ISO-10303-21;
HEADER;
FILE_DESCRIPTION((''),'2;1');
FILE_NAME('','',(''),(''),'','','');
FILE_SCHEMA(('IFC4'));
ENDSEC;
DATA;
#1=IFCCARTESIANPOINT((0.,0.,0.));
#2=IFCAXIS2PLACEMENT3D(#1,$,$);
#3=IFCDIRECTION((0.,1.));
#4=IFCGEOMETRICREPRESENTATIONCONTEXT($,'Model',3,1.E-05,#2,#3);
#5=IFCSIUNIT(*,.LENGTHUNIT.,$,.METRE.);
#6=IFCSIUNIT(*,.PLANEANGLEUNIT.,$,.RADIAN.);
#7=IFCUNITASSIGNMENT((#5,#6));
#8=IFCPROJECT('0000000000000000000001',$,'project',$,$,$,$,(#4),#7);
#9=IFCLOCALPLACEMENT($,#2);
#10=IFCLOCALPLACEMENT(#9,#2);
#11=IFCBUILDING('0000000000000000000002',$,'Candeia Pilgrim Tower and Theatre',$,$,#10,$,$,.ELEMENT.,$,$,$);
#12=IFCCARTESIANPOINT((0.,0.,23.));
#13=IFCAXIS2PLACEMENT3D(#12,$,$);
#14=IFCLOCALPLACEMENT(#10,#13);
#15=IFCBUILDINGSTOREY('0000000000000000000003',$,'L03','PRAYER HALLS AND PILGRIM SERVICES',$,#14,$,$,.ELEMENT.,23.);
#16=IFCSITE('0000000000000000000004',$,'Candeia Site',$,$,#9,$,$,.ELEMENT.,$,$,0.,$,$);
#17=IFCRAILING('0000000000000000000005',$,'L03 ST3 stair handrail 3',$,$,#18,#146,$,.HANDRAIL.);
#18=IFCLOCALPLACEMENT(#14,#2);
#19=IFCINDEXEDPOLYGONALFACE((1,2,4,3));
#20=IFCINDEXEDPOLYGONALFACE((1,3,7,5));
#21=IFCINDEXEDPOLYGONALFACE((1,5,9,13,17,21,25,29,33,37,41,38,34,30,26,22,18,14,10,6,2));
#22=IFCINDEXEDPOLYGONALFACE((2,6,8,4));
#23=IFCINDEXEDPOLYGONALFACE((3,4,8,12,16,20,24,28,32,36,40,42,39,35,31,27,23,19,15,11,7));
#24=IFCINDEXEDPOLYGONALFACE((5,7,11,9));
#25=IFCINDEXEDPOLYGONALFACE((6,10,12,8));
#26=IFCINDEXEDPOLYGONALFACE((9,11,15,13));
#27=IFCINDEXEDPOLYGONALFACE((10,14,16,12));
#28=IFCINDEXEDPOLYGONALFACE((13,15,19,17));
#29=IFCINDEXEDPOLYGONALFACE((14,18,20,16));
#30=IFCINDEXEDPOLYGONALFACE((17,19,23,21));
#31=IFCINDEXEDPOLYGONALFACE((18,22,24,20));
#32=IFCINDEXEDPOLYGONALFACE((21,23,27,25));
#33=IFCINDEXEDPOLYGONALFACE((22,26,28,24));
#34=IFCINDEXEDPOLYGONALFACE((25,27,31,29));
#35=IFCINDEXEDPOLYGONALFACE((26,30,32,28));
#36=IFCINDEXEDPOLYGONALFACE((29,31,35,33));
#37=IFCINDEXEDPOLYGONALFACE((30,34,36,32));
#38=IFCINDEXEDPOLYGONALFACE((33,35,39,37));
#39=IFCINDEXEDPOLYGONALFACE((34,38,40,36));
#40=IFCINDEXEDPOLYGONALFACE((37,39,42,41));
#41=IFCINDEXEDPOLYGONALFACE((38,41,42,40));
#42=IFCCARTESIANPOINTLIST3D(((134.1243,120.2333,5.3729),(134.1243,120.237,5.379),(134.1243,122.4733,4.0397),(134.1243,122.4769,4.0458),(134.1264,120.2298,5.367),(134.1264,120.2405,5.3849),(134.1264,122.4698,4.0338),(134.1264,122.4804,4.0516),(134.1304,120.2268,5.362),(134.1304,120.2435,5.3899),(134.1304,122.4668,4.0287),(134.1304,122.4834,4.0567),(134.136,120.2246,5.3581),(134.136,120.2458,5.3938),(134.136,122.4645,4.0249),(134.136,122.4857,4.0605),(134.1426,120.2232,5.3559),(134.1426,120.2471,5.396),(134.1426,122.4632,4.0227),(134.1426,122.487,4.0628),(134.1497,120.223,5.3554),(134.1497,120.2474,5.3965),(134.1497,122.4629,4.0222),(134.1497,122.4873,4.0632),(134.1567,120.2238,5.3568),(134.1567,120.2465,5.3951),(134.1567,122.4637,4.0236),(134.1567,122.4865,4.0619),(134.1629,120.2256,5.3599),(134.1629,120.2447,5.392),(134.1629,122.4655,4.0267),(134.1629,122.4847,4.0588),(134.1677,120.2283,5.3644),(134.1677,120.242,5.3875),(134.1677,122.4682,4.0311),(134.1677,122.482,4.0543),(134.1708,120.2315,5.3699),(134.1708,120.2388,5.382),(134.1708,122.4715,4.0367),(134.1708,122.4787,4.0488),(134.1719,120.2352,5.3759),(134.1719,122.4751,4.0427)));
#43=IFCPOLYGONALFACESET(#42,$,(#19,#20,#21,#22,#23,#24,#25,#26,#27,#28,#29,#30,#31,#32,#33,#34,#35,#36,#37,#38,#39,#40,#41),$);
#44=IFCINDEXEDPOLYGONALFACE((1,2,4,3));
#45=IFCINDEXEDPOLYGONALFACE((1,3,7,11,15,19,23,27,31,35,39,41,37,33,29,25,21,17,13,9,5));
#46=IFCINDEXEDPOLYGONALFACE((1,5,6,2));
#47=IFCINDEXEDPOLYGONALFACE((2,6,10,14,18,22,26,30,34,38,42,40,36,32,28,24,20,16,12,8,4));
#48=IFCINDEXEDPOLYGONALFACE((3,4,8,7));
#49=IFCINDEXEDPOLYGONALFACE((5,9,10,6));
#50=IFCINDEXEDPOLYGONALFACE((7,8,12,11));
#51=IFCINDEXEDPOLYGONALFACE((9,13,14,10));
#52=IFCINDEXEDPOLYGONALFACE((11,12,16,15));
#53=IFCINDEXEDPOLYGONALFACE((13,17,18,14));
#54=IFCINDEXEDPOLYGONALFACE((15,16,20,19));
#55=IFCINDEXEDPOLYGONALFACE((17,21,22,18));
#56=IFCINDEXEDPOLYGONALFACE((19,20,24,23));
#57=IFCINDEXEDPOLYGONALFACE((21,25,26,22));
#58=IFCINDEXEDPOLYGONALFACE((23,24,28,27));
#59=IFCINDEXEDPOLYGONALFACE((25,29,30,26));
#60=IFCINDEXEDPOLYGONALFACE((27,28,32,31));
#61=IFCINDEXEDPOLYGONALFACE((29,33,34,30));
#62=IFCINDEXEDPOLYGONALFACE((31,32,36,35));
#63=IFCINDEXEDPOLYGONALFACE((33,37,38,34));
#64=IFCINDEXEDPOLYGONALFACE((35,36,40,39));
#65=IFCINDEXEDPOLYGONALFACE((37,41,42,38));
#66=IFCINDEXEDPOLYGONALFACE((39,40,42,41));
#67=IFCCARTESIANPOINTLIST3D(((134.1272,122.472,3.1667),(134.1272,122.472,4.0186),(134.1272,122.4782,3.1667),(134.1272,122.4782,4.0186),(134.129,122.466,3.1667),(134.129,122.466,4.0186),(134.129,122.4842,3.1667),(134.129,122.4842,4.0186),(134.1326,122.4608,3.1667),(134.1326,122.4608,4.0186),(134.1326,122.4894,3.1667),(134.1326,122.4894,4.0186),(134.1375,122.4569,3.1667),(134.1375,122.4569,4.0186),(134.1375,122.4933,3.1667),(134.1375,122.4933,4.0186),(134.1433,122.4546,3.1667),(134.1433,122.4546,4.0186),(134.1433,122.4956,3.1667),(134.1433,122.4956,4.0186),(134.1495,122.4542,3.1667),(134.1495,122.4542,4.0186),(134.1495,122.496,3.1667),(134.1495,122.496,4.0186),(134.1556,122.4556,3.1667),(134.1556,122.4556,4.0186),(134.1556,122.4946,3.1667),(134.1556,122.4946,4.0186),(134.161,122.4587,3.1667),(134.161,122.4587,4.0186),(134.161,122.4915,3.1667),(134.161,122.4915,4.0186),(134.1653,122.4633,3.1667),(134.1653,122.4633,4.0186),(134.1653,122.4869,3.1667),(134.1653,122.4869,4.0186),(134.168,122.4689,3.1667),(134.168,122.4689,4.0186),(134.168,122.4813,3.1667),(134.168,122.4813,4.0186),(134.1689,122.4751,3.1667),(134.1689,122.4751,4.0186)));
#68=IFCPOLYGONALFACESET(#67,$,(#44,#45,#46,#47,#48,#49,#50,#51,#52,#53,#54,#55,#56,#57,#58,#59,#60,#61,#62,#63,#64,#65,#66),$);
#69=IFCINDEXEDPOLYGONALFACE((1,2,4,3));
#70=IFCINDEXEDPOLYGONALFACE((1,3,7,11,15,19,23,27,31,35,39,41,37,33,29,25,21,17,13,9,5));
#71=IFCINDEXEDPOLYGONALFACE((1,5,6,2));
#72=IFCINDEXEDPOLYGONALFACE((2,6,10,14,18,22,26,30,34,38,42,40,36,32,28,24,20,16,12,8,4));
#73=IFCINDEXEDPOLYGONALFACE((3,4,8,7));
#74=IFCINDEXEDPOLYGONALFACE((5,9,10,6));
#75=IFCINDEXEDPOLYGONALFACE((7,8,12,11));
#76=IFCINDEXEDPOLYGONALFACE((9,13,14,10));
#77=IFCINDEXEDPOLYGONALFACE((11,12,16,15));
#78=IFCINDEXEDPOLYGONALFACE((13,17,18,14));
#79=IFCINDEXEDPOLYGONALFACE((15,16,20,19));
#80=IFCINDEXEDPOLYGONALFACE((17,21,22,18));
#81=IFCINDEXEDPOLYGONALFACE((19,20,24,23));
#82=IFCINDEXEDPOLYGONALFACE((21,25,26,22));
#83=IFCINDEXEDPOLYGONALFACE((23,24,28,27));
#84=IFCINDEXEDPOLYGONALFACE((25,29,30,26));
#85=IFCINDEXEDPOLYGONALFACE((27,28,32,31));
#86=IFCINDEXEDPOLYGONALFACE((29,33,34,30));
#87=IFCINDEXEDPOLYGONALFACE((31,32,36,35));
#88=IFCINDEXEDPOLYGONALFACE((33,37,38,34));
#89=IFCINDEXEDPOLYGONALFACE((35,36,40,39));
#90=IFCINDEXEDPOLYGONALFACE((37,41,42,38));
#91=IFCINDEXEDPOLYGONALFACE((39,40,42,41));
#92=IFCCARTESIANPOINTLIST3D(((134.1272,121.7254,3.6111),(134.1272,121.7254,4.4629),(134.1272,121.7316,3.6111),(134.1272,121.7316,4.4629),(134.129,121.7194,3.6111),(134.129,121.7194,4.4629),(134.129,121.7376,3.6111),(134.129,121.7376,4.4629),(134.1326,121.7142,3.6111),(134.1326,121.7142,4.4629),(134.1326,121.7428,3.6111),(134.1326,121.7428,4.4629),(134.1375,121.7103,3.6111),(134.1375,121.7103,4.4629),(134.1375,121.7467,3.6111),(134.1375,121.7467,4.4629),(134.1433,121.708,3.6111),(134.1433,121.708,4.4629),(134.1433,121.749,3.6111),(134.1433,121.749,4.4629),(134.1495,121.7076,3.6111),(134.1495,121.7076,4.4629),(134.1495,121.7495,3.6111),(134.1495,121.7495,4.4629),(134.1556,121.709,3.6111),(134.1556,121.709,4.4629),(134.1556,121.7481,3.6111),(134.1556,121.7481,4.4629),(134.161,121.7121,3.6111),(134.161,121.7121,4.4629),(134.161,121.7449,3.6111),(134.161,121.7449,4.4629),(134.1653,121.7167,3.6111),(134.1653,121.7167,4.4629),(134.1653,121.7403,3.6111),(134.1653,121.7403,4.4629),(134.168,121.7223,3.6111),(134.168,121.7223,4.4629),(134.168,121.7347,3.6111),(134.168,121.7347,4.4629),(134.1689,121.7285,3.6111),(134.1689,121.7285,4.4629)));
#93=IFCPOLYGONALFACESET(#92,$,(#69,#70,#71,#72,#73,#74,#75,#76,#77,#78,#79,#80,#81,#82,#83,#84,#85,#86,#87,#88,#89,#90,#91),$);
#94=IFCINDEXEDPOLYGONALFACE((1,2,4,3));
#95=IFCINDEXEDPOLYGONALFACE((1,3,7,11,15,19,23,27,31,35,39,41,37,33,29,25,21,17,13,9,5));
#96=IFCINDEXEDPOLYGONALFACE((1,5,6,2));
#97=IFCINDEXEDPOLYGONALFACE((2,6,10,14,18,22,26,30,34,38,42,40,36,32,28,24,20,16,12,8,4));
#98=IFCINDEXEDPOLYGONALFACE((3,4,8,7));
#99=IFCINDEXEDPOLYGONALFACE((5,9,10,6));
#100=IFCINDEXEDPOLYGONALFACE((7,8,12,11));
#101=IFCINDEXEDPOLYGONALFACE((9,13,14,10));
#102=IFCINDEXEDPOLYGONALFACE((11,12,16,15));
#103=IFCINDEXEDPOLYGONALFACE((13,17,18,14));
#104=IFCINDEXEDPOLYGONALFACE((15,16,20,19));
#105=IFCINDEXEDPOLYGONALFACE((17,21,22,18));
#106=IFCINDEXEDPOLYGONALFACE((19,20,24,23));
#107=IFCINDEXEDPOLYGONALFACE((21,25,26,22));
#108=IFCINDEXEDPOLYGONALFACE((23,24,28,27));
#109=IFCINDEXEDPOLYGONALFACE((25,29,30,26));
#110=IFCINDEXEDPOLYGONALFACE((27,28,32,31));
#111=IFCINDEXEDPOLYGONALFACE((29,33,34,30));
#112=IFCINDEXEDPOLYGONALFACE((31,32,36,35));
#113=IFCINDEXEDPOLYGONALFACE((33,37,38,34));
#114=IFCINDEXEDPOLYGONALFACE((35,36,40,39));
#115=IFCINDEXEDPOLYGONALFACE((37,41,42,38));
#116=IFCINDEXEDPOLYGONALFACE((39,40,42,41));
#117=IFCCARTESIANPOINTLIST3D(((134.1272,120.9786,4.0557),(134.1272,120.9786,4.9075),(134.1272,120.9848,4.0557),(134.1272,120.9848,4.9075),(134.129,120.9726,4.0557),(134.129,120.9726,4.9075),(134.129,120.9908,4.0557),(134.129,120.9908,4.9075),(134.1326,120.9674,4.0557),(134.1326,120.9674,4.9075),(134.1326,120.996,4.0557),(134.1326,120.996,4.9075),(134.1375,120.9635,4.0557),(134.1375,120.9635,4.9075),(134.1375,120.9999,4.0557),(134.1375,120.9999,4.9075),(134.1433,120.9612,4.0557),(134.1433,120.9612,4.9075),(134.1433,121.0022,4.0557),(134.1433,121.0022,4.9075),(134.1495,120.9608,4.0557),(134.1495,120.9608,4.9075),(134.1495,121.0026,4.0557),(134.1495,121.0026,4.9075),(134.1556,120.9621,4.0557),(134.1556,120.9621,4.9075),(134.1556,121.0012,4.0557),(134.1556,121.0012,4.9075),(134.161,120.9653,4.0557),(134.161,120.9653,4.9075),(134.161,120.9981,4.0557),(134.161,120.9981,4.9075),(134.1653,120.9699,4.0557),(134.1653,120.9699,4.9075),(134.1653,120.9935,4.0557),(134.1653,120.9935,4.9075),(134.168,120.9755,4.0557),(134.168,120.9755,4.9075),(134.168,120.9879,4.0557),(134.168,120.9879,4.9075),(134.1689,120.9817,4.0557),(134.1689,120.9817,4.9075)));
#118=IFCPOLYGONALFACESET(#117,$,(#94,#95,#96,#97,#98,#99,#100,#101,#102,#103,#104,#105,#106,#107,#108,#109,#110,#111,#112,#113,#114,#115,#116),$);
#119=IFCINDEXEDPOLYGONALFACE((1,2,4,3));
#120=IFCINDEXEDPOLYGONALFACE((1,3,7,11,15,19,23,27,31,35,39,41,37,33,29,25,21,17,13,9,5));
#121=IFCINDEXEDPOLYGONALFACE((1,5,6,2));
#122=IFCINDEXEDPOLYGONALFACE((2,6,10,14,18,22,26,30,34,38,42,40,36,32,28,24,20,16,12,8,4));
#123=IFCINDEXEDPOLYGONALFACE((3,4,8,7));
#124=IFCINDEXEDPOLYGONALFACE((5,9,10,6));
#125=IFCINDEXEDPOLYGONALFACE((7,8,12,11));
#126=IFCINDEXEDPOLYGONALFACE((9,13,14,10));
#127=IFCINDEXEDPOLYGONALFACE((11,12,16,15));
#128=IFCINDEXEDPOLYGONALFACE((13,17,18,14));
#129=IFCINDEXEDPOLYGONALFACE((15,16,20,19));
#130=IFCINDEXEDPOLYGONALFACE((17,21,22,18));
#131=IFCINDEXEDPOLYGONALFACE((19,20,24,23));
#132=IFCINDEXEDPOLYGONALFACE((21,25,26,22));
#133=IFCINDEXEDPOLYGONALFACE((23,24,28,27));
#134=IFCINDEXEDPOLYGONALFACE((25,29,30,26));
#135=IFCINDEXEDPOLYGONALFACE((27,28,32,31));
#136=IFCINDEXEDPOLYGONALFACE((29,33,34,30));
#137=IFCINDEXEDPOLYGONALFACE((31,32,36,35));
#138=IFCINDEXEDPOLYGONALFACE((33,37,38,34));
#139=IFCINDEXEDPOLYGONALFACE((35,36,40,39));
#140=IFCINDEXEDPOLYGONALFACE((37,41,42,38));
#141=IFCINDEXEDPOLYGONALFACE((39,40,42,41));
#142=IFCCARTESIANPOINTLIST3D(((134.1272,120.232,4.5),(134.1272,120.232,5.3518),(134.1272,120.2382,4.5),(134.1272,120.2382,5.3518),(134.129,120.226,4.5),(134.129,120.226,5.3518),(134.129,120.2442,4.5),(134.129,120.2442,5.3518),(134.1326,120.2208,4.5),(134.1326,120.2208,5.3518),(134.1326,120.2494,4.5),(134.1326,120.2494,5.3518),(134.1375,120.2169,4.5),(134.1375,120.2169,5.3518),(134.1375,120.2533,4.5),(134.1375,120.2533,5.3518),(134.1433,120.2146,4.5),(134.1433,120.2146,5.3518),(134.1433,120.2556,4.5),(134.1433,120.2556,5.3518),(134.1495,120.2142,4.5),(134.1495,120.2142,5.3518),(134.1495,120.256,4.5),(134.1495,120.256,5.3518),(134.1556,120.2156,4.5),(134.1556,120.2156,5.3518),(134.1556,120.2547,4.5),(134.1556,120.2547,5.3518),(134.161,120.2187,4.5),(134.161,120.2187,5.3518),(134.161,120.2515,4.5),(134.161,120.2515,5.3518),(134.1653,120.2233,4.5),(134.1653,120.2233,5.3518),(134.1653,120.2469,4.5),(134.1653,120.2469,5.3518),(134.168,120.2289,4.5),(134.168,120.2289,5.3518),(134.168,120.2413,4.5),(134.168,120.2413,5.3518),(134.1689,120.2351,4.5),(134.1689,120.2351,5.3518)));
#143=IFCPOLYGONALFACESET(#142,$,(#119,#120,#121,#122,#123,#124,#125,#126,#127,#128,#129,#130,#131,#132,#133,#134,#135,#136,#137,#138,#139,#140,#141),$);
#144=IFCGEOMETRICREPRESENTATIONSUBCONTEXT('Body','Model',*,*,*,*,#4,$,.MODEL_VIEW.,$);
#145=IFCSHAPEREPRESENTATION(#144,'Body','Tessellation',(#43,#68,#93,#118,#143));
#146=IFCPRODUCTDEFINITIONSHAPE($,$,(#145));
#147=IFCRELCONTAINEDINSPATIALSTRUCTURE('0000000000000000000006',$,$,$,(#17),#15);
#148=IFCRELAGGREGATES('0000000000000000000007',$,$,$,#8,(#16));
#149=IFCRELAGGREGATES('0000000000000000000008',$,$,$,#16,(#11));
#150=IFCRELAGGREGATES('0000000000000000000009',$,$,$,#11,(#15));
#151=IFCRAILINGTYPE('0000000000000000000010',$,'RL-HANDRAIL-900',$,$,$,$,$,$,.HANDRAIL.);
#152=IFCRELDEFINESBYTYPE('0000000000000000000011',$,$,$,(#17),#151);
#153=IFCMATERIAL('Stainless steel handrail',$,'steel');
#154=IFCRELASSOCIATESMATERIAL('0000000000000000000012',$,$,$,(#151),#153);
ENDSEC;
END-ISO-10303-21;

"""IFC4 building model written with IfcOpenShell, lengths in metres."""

from ifc_helpers import new_model, si_unit, direction, frame, origin, origin_2d, place, context, subcontext, project, spatial, circle, extrude, material, type_object, element, save


model = new_model("IFC4")

# Units and contexts
model_context = context("Model", 3, precision=1e-05, world=origin(), true_north=direction((0.0, 1.0)))
body_context = subcontext(model_context, "Body", "Model", "MODEL_VIEW")
ifc_project = project(units=[si_unit("LENGTHUNIT", "METRE"), si_unit("PLANEANGLEUNIT", "RADIAN")], contexts=[model_context])

# Site, building, storey
site_placement = place(None, origin())
site = spatial("IfcSite", under=ifc_project, at=site_placement, Name="Candeia Site", CompositionType="ELEMENT", RefElevation=0.0)
building_placement = place(site_placement, origin())
building = spatial("IfcBuilding", under=site, at=building_placement, Name="Candeia Pilgrim Tower and Theatre", CompositionType="ELEMENT")
storey_placement = place(building_placement, frame((0.0, 0.0, 23.0)))
storey = spatial("IfcBuildingStorey", under=building, at=storey_placement, Name="L03", Description="PRAYER HALLS AND PILGRIM SERVICES", CompositionType="ELEMENT", Elevation=23.0)

# Railing
ifc_material_1 = material(Name="Stainless steel handrail", Category="steel")
railing_type_1 = type_object("IfcRailingType", Name="RL-HANDRAIL-900", PredefinedType="HANDRAIL", material=ifc_material_1)
railing_1_placement = place(storey_placement, frame((134.1479, 122.4751, 3.1667)))
element("IfcRailing", 1, at=railing_1_placement, inside=storey, type_object=railing_type_1, Name="L03 ST3 stair handrail 3", PredefinedType="HANDRAIL", context=body_context, shape_type="SweptSolid", body=[
    extrude(circle(Radius=0.0239, at=origin_2d()), frame((0.0, 0.0, 0.876), z_axis=(0.0, -0.859306, 0.511462), x_axis=(1.0, 0.0, 0.0)), (0.0, 0.0, 1.0), 2.6067),
    extrude(circle(Radius=0.021, at=origin_2d()), origin(), (0.0, 0.0, 1.0), 0.8518),
    extrude(circle(Radius=0.021, at=origin_2d()), frame((0.0, -0.7466, 0.4443)), (0.0, 0.0, 1.0), 0.8518),
    extrude(circle(Radius=0.021, at=origin_2d()), frame((0.0, -1.4934, 0.8889)), (0.0, 0.0, 1.0), 0.8518),
    extrude(circle(Radius=0.021, at=origin_2d()), frame((0.0, -2.24, 1.3333)), (0.0, 0.0, 1.0), 0.8518),
])

save(model, "model.ifc")
